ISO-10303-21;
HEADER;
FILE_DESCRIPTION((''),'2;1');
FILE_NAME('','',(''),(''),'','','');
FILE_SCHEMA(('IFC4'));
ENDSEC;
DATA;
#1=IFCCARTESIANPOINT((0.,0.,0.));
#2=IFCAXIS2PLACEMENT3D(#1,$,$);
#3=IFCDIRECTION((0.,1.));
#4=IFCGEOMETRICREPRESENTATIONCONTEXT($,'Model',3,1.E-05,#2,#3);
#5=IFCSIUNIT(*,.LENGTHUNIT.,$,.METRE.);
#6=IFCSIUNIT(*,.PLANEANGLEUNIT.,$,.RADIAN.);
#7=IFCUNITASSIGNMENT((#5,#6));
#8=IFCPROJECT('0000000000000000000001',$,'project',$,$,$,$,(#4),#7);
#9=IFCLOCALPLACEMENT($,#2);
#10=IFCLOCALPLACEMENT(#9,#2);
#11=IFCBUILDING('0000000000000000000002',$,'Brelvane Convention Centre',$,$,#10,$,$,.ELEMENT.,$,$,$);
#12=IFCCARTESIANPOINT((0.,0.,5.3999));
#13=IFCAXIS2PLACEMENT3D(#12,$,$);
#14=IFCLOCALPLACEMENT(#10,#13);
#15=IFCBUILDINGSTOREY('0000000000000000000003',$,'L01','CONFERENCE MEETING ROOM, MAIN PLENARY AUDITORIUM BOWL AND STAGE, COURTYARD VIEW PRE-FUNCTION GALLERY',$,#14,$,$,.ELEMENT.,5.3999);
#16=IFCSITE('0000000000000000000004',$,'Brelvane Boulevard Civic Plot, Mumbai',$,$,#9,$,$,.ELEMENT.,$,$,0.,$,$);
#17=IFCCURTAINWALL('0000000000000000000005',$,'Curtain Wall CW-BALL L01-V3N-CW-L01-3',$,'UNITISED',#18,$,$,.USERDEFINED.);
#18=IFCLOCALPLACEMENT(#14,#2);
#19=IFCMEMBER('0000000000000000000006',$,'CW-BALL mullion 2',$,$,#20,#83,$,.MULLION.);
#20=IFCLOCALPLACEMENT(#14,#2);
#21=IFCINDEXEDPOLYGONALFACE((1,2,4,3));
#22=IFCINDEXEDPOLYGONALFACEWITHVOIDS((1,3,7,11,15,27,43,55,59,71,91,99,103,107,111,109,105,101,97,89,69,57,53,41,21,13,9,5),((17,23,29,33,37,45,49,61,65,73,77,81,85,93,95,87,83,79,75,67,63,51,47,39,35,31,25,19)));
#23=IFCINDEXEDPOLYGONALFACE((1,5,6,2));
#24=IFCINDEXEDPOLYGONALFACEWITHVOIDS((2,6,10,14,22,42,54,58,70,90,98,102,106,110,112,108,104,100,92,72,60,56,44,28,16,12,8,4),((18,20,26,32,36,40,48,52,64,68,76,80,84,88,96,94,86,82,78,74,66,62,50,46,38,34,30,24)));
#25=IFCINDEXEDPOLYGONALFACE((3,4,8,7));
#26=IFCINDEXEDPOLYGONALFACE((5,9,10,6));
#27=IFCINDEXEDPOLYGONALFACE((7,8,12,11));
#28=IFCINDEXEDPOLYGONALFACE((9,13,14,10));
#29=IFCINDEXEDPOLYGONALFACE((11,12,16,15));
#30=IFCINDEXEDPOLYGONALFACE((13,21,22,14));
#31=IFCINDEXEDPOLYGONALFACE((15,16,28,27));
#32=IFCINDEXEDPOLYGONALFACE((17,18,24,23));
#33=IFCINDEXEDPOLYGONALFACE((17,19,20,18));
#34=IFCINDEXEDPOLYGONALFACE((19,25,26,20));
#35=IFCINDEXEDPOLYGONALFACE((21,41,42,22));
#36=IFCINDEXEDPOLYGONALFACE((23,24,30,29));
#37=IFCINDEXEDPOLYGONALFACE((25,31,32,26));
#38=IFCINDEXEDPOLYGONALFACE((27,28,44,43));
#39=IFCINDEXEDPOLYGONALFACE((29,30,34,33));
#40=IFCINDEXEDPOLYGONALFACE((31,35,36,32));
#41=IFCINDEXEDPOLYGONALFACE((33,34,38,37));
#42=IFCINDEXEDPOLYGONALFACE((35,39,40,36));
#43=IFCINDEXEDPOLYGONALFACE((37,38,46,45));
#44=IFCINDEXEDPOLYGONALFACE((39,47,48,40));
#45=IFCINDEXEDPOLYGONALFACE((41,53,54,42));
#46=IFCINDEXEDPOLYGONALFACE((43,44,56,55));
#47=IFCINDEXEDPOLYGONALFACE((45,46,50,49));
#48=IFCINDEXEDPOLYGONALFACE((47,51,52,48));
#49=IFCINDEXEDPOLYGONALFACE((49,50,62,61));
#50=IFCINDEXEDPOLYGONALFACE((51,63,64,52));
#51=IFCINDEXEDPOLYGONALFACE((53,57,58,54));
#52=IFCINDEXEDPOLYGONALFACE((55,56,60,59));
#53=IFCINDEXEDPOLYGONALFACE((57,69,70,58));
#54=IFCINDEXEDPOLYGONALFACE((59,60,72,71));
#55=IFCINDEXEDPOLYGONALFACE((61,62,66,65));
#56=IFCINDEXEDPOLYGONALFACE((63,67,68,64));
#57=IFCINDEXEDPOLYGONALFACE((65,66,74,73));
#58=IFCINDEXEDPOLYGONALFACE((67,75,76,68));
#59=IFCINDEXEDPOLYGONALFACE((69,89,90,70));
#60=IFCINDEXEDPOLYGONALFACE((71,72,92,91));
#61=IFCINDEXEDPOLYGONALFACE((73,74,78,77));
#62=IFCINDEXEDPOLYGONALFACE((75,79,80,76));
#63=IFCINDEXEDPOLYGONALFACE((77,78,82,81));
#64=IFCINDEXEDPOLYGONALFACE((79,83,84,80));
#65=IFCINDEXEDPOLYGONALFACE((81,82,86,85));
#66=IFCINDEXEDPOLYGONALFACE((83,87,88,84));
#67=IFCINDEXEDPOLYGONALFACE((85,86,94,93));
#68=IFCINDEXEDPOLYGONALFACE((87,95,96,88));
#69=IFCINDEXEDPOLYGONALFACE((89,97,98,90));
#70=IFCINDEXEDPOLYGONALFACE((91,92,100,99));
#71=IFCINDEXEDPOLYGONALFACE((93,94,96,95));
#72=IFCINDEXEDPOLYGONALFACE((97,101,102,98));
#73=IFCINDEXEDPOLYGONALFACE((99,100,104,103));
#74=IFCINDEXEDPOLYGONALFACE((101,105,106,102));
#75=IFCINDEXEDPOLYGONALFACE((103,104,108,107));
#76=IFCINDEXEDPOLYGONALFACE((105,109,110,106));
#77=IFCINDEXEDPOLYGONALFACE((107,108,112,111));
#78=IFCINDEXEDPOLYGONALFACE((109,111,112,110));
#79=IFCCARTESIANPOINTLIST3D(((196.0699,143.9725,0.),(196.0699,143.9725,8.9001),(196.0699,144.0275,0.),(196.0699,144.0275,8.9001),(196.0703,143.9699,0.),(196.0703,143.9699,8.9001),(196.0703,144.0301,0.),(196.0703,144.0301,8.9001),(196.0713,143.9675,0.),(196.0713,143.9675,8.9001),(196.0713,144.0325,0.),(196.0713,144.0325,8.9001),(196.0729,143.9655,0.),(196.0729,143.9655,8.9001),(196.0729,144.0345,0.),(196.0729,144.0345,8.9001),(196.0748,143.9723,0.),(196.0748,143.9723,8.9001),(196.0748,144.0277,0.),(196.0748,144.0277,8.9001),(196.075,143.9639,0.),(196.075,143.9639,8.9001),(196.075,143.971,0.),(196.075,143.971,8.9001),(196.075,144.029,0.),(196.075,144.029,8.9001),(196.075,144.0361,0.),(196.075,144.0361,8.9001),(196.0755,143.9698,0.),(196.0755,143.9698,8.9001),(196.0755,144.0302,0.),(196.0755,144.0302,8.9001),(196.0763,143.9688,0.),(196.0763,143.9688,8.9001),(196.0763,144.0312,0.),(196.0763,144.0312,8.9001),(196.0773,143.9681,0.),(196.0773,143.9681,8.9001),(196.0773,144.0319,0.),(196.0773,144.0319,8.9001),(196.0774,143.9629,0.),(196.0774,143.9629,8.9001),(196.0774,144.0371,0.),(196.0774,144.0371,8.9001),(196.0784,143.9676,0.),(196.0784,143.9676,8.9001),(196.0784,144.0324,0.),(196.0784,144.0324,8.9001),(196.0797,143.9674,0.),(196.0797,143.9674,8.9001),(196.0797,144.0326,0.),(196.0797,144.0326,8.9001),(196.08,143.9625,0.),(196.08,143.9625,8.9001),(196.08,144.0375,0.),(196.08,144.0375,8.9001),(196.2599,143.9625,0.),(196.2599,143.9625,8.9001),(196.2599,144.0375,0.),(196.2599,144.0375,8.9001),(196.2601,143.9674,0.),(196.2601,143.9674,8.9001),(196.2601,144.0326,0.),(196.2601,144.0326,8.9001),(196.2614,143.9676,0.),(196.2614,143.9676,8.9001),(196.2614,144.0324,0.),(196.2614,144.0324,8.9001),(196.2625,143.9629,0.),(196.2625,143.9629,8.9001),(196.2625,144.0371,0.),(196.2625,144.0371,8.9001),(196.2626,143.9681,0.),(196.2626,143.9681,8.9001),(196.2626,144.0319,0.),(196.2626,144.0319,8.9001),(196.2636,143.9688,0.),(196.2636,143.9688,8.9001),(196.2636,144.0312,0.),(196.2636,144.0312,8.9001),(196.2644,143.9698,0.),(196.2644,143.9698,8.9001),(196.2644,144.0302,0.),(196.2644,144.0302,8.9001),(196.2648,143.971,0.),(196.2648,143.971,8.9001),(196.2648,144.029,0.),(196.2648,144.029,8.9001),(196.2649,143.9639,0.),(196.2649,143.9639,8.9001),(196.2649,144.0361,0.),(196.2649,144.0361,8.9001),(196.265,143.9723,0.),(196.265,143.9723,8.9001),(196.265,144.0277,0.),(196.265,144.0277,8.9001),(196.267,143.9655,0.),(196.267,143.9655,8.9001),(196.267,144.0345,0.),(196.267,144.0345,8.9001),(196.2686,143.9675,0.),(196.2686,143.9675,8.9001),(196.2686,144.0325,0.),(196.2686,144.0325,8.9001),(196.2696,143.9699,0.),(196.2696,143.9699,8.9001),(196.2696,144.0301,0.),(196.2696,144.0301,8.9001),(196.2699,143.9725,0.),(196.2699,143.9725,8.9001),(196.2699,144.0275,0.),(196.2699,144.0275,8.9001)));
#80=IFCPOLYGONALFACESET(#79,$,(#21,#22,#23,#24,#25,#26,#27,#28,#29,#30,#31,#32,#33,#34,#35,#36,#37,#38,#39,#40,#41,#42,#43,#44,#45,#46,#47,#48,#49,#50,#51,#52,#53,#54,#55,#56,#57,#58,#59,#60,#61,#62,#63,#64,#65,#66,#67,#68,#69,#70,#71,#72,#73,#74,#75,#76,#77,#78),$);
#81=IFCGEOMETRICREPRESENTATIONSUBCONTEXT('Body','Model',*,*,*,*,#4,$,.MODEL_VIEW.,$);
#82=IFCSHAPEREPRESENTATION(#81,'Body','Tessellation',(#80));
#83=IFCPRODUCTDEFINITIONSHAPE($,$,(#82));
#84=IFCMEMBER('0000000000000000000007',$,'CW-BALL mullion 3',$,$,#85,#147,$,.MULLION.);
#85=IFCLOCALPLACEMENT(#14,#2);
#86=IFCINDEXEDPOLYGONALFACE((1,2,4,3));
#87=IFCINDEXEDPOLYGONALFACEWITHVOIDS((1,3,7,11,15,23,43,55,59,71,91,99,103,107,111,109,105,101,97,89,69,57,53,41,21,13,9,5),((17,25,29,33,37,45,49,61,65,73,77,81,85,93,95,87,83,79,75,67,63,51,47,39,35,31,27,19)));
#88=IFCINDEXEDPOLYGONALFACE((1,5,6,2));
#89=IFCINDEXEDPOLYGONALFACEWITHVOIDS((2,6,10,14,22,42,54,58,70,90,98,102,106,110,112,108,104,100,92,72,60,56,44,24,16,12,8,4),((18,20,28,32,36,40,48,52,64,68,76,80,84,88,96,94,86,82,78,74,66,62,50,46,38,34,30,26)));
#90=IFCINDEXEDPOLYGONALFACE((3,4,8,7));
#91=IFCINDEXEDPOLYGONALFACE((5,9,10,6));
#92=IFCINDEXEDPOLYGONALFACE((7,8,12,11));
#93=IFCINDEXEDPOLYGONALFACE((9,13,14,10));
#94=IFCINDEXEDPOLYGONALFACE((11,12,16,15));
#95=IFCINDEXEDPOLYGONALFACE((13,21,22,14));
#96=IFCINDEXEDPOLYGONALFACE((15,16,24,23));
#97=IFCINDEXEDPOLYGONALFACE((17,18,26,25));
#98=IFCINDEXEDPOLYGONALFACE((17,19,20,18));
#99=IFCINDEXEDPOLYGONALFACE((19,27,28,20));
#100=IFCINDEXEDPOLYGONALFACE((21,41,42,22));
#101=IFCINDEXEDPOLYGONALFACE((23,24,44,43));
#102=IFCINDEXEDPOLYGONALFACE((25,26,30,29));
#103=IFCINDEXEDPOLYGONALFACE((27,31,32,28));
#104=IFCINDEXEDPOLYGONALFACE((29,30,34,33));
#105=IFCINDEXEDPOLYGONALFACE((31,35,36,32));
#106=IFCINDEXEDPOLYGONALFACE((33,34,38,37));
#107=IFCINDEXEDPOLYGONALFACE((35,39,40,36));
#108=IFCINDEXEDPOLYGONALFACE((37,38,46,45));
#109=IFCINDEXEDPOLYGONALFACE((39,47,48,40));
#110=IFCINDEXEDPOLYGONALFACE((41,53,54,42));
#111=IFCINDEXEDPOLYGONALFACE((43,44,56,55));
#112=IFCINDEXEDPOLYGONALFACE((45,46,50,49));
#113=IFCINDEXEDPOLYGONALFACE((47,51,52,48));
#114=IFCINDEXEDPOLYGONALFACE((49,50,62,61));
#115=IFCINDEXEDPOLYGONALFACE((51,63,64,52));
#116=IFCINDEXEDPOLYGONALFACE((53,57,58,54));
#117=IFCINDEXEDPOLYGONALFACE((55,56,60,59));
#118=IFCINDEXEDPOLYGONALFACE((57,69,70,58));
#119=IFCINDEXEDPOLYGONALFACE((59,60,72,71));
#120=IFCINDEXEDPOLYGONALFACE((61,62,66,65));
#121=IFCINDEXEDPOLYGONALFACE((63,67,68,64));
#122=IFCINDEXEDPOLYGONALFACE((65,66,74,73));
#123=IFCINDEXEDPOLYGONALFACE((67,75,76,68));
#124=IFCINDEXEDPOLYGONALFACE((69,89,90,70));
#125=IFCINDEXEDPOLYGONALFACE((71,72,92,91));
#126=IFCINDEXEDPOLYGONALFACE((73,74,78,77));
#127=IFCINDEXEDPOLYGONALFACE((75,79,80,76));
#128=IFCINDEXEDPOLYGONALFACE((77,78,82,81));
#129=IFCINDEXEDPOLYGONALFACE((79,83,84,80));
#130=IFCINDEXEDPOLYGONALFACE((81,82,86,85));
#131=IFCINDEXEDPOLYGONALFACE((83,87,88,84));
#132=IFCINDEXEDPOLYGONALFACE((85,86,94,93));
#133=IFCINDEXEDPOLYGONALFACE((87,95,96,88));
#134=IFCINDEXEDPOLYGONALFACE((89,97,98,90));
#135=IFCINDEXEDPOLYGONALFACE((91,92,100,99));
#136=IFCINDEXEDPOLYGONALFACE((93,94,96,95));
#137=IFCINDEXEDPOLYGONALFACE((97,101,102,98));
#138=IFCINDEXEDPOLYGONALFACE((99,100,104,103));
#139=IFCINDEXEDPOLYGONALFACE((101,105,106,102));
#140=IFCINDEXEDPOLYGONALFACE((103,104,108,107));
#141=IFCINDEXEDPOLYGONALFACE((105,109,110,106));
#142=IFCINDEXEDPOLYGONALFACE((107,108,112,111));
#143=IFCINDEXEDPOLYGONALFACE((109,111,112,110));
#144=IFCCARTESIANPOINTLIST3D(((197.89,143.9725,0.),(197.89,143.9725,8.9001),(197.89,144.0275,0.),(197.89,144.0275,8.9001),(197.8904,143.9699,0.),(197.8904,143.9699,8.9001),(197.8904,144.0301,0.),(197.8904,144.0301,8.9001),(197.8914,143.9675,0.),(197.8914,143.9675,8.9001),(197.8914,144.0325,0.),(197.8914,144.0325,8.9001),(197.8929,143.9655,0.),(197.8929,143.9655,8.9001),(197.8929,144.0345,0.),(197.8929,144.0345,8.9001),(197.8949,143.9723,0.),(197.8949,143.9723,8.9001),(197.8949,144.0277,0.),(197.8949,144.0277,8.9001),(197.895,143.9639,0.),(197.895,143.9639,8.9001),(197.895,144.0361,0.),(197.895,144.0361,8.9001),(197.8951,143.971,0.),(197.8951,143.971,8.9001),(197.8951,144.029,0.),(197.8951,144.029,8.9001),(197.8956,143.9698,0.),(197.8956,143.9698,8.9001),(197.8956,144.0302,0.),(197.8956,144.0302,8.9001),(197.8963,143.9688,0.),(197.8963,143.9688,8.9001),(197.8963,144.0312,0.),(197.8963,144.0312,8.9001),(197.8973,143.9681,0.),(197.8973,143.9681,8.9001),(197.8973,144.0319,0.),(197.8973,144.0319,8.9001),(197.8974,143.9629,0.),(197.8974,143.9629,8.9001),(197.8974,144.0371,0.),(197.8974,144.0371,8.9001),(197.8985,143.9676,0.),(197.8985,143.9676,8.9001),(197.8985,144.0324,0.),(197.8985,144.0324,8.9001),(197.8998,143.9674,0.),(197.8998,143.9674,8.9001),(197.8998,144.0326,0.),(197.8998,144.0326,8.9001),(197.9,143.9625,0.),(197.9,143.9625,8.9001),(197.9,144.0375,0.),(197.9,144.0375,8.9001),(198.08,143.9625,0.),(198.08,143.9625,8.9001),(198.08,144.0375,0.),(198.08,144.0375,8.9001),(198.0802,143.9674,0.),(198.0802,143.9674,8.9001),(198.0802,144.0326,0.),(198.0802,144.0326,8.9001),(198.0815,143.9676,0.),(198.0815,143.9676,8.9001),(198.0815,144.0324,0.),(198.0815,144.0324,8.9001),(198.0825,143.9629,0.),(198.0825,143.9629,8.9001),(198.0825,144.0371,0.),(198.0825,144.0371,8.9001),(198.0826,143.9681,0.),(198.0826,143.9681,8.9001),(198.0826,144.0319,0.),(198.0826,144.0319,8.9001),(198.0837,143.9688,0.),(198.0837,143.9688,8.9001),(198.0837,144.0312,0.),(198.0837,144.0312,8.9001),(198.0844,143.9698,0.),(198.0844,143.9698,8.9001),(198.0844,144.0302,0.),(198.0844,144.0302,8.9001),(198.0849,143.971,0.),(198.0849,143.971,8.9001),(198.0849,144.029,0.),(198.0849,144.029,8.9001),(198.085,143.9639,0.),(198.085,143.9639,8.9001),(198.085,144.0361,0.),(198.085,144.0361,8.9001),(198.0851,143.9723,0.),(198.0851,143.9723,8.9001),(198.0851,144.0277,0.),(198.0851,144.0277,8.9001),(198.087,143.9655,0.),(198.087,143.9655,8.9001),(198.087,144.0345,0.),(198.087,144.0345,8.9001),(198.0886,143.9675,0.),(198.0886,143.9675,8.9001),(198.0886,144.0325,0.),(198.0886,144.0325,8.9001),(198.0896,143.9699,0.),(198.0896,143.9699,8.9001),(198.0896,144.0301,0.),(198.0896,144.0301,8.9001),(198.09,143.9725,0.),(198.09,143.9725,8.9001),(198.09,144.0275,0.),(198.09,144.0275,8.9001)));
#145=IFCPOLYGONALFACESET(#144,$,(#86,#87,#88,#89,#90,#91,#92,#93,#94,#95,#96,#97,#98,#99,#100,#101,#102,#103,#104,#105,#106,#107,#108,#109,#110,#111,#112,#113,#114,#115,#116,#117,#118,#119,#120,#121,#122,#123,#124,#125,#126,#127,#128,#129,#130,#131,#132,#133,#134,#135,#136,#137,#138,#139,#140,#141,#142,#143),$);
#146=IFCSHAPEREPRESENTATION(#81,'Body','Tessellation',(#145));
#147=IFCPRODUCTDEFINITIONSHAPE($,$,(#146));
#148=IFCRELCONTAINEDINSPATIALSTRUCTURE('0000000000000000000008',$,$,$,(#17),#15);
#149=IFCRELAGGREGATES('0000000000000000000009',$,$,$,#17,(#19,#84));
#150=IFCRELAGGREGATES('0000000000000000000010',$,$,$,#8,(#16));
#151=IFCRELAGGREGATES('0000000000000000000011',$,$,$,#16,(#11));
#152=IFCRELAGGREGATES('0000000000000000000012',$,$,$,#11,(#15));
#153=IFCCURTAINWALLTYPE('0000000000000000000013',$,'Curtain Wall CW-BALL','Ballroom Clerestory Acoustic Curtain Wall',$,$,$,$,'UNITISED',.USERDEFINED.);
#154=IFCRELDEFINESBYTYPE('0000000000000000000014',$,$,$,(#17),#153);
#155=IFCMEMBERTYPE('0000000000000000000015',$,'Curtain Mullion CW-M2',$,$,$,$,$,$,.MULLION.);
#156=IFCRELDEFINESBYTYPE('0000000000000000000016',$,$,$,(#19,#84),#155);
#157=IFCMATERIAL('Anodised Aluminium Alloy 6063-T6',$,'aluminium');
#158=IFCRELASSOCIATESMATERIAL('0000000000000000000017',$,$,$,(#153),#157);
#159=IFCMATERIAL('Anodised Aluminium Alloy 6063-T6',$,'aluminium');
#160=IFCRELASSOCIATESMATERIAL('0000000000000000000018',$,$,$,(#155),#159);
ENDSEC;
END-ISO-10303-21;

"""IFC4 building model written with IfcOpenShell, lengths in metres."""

from ifc_helpers import new_model, si_unit, direction, frame, origin, origin_2d, place, context, subcontext, project, spatial, hollow_rectangle, extrude, material, material_profile, profile_set, type_object, element, aggregate, save


model = new_model("IFC4")

# Units and contexts
model_context = context("Model", 3, precision=1e-05, world=origin(), true_north=direction((0.0, 1.0)))
body_context = subcontext(model_context, "Body", "Model", "MODEL_VIEW")
ifc_project = project(units=[si_unit("LENGTHUNIT", "METRE"), si_unit("PLANEANGLEUNIT", "RADIAN")], contexts=[model_context])

# Site, building, storey
site_placement = place(None, origin())
site = spatial("IfcSite", under=ifc_project, at=site_placement, Name="Brelvane Boulevard Civic Plot, Mumbai", CompositionType="ELEMENT", RefElevation=0.0)
building_placement = place(site_placement, origin())
building = spatial("IfcBuilding", under=site, at=building_placement, Name="Brelvane Convention Centre", CompositionType="ELEMENT")
storey_placement = place(building_placement, frame((0.0, 0.0, 5.3999)))
storey = spatial("IfcBuildingStorey", under=building, at=storey_placement, Name="L01", Description="CONFERENCE MEETING ROOM, MAIN PLENARY AUDITORIUM BOWL AND STAGE, COURTYARD VIEW PRE-FUNCTION GALLERY", CompositionType="ELEMENT", Elevation=5.3999)

# Shared definitions
ifc_material_1 = material(Name="Anodised Aluminium Alloy 6063-T6", Category="aluminium")
curtain_wall_type = type_object("IfcCurtainWallType", Name="Curtain Wall CW-BALL", Description="Ballroom Clerestory Acoustic Curtain Wall", ElementType="UNITISED", PredefinedType="USERDEFINED", material=ifc_material_1)
ifc_material_2 = material(Name="Anodised Aluminium Alloy 6063-T6", Category="aluminium")
ifc_material_profile_1 = material_profile(ifc_material_2, hollow_rectangle(XDim=0.075, YDim=0.2, WallThickness=0.0049, InnerFilletRadius=0.0049, OuterFilletRadius=0.01, at=origin_2d()), Name="ALU-M 200x75x5.0")
ifc_profile_set_1 = profile_set([ifc_material_profile_1], Name="Anodised Aluminium Alloy 6063-T6")
member_type_1 = type_object("IfcMemberType", Name="Curtain Mullion CW-M2", PredefinedType="MULLION", material=ifc_profile_set_1)

# Curtain wall, members
curtain_wall_1_placement = place(storey_placement, origin())
curtain_wall_1 = element("IfcCurtainWall", 1, at=curtain_wall_1_placement, inside=storey, type_object=curtain_wall_type, Name="Curtain Wall CW-BALL L01-V3N-CW-L01-3", ObjectType="UNITISED", PredefinedType="USERDEFINED")
member_1_placement = place(storey_placement, frame((196.1699, 144.0, 0.0), z_axis=(0.0, 0.0, 1.0), x_axis=(0.0, 1.0, 0.0)))
member_1 = element("IfcMember", 2, at=member_1_placement, type_object=member_type_1, Name="CW-BALL mullion 2", PredefinedType="MULLION", context=body_context, shape_type="SweptSolid", body=[
    extrude(hollow_rectangle(XDim=0.075, YDim=0.2, WallThickness=0.0049, InnerFilletRadius=0.0049, OuterFilletRadius=0.01, at=origin_2d()), origin(), (0.0, 0.0, 1.0), 8.9001),
])
member_2_placement = place(storey_placement, frame((197.99, 144.0, 0.0), z_axis=(0.0, 0.0, 1.0), x_axis=(0.0, 1.0, 0.0)))
member_2 = element("IfcMember", 3, at=member_2_placement, type_object=member_type_1, Name="CW-BALL mullion 3", PredefinedType="MULLION", context=body_context, shape_type="SweptSolid", body=[
    extrude(hollow_rectangle(XDim=0.075, YDim=0.2, WallThickness=0.0049, InnerFilletRadius=0.0049, OuterFilletRadius=0.01, at=origin_2d()), origin(), (0.0, 0.0, 1.0), 8.9001),
])
aggregate(curtain_wall_1, [member_1, member_2])

save(model, "model.ifc")
